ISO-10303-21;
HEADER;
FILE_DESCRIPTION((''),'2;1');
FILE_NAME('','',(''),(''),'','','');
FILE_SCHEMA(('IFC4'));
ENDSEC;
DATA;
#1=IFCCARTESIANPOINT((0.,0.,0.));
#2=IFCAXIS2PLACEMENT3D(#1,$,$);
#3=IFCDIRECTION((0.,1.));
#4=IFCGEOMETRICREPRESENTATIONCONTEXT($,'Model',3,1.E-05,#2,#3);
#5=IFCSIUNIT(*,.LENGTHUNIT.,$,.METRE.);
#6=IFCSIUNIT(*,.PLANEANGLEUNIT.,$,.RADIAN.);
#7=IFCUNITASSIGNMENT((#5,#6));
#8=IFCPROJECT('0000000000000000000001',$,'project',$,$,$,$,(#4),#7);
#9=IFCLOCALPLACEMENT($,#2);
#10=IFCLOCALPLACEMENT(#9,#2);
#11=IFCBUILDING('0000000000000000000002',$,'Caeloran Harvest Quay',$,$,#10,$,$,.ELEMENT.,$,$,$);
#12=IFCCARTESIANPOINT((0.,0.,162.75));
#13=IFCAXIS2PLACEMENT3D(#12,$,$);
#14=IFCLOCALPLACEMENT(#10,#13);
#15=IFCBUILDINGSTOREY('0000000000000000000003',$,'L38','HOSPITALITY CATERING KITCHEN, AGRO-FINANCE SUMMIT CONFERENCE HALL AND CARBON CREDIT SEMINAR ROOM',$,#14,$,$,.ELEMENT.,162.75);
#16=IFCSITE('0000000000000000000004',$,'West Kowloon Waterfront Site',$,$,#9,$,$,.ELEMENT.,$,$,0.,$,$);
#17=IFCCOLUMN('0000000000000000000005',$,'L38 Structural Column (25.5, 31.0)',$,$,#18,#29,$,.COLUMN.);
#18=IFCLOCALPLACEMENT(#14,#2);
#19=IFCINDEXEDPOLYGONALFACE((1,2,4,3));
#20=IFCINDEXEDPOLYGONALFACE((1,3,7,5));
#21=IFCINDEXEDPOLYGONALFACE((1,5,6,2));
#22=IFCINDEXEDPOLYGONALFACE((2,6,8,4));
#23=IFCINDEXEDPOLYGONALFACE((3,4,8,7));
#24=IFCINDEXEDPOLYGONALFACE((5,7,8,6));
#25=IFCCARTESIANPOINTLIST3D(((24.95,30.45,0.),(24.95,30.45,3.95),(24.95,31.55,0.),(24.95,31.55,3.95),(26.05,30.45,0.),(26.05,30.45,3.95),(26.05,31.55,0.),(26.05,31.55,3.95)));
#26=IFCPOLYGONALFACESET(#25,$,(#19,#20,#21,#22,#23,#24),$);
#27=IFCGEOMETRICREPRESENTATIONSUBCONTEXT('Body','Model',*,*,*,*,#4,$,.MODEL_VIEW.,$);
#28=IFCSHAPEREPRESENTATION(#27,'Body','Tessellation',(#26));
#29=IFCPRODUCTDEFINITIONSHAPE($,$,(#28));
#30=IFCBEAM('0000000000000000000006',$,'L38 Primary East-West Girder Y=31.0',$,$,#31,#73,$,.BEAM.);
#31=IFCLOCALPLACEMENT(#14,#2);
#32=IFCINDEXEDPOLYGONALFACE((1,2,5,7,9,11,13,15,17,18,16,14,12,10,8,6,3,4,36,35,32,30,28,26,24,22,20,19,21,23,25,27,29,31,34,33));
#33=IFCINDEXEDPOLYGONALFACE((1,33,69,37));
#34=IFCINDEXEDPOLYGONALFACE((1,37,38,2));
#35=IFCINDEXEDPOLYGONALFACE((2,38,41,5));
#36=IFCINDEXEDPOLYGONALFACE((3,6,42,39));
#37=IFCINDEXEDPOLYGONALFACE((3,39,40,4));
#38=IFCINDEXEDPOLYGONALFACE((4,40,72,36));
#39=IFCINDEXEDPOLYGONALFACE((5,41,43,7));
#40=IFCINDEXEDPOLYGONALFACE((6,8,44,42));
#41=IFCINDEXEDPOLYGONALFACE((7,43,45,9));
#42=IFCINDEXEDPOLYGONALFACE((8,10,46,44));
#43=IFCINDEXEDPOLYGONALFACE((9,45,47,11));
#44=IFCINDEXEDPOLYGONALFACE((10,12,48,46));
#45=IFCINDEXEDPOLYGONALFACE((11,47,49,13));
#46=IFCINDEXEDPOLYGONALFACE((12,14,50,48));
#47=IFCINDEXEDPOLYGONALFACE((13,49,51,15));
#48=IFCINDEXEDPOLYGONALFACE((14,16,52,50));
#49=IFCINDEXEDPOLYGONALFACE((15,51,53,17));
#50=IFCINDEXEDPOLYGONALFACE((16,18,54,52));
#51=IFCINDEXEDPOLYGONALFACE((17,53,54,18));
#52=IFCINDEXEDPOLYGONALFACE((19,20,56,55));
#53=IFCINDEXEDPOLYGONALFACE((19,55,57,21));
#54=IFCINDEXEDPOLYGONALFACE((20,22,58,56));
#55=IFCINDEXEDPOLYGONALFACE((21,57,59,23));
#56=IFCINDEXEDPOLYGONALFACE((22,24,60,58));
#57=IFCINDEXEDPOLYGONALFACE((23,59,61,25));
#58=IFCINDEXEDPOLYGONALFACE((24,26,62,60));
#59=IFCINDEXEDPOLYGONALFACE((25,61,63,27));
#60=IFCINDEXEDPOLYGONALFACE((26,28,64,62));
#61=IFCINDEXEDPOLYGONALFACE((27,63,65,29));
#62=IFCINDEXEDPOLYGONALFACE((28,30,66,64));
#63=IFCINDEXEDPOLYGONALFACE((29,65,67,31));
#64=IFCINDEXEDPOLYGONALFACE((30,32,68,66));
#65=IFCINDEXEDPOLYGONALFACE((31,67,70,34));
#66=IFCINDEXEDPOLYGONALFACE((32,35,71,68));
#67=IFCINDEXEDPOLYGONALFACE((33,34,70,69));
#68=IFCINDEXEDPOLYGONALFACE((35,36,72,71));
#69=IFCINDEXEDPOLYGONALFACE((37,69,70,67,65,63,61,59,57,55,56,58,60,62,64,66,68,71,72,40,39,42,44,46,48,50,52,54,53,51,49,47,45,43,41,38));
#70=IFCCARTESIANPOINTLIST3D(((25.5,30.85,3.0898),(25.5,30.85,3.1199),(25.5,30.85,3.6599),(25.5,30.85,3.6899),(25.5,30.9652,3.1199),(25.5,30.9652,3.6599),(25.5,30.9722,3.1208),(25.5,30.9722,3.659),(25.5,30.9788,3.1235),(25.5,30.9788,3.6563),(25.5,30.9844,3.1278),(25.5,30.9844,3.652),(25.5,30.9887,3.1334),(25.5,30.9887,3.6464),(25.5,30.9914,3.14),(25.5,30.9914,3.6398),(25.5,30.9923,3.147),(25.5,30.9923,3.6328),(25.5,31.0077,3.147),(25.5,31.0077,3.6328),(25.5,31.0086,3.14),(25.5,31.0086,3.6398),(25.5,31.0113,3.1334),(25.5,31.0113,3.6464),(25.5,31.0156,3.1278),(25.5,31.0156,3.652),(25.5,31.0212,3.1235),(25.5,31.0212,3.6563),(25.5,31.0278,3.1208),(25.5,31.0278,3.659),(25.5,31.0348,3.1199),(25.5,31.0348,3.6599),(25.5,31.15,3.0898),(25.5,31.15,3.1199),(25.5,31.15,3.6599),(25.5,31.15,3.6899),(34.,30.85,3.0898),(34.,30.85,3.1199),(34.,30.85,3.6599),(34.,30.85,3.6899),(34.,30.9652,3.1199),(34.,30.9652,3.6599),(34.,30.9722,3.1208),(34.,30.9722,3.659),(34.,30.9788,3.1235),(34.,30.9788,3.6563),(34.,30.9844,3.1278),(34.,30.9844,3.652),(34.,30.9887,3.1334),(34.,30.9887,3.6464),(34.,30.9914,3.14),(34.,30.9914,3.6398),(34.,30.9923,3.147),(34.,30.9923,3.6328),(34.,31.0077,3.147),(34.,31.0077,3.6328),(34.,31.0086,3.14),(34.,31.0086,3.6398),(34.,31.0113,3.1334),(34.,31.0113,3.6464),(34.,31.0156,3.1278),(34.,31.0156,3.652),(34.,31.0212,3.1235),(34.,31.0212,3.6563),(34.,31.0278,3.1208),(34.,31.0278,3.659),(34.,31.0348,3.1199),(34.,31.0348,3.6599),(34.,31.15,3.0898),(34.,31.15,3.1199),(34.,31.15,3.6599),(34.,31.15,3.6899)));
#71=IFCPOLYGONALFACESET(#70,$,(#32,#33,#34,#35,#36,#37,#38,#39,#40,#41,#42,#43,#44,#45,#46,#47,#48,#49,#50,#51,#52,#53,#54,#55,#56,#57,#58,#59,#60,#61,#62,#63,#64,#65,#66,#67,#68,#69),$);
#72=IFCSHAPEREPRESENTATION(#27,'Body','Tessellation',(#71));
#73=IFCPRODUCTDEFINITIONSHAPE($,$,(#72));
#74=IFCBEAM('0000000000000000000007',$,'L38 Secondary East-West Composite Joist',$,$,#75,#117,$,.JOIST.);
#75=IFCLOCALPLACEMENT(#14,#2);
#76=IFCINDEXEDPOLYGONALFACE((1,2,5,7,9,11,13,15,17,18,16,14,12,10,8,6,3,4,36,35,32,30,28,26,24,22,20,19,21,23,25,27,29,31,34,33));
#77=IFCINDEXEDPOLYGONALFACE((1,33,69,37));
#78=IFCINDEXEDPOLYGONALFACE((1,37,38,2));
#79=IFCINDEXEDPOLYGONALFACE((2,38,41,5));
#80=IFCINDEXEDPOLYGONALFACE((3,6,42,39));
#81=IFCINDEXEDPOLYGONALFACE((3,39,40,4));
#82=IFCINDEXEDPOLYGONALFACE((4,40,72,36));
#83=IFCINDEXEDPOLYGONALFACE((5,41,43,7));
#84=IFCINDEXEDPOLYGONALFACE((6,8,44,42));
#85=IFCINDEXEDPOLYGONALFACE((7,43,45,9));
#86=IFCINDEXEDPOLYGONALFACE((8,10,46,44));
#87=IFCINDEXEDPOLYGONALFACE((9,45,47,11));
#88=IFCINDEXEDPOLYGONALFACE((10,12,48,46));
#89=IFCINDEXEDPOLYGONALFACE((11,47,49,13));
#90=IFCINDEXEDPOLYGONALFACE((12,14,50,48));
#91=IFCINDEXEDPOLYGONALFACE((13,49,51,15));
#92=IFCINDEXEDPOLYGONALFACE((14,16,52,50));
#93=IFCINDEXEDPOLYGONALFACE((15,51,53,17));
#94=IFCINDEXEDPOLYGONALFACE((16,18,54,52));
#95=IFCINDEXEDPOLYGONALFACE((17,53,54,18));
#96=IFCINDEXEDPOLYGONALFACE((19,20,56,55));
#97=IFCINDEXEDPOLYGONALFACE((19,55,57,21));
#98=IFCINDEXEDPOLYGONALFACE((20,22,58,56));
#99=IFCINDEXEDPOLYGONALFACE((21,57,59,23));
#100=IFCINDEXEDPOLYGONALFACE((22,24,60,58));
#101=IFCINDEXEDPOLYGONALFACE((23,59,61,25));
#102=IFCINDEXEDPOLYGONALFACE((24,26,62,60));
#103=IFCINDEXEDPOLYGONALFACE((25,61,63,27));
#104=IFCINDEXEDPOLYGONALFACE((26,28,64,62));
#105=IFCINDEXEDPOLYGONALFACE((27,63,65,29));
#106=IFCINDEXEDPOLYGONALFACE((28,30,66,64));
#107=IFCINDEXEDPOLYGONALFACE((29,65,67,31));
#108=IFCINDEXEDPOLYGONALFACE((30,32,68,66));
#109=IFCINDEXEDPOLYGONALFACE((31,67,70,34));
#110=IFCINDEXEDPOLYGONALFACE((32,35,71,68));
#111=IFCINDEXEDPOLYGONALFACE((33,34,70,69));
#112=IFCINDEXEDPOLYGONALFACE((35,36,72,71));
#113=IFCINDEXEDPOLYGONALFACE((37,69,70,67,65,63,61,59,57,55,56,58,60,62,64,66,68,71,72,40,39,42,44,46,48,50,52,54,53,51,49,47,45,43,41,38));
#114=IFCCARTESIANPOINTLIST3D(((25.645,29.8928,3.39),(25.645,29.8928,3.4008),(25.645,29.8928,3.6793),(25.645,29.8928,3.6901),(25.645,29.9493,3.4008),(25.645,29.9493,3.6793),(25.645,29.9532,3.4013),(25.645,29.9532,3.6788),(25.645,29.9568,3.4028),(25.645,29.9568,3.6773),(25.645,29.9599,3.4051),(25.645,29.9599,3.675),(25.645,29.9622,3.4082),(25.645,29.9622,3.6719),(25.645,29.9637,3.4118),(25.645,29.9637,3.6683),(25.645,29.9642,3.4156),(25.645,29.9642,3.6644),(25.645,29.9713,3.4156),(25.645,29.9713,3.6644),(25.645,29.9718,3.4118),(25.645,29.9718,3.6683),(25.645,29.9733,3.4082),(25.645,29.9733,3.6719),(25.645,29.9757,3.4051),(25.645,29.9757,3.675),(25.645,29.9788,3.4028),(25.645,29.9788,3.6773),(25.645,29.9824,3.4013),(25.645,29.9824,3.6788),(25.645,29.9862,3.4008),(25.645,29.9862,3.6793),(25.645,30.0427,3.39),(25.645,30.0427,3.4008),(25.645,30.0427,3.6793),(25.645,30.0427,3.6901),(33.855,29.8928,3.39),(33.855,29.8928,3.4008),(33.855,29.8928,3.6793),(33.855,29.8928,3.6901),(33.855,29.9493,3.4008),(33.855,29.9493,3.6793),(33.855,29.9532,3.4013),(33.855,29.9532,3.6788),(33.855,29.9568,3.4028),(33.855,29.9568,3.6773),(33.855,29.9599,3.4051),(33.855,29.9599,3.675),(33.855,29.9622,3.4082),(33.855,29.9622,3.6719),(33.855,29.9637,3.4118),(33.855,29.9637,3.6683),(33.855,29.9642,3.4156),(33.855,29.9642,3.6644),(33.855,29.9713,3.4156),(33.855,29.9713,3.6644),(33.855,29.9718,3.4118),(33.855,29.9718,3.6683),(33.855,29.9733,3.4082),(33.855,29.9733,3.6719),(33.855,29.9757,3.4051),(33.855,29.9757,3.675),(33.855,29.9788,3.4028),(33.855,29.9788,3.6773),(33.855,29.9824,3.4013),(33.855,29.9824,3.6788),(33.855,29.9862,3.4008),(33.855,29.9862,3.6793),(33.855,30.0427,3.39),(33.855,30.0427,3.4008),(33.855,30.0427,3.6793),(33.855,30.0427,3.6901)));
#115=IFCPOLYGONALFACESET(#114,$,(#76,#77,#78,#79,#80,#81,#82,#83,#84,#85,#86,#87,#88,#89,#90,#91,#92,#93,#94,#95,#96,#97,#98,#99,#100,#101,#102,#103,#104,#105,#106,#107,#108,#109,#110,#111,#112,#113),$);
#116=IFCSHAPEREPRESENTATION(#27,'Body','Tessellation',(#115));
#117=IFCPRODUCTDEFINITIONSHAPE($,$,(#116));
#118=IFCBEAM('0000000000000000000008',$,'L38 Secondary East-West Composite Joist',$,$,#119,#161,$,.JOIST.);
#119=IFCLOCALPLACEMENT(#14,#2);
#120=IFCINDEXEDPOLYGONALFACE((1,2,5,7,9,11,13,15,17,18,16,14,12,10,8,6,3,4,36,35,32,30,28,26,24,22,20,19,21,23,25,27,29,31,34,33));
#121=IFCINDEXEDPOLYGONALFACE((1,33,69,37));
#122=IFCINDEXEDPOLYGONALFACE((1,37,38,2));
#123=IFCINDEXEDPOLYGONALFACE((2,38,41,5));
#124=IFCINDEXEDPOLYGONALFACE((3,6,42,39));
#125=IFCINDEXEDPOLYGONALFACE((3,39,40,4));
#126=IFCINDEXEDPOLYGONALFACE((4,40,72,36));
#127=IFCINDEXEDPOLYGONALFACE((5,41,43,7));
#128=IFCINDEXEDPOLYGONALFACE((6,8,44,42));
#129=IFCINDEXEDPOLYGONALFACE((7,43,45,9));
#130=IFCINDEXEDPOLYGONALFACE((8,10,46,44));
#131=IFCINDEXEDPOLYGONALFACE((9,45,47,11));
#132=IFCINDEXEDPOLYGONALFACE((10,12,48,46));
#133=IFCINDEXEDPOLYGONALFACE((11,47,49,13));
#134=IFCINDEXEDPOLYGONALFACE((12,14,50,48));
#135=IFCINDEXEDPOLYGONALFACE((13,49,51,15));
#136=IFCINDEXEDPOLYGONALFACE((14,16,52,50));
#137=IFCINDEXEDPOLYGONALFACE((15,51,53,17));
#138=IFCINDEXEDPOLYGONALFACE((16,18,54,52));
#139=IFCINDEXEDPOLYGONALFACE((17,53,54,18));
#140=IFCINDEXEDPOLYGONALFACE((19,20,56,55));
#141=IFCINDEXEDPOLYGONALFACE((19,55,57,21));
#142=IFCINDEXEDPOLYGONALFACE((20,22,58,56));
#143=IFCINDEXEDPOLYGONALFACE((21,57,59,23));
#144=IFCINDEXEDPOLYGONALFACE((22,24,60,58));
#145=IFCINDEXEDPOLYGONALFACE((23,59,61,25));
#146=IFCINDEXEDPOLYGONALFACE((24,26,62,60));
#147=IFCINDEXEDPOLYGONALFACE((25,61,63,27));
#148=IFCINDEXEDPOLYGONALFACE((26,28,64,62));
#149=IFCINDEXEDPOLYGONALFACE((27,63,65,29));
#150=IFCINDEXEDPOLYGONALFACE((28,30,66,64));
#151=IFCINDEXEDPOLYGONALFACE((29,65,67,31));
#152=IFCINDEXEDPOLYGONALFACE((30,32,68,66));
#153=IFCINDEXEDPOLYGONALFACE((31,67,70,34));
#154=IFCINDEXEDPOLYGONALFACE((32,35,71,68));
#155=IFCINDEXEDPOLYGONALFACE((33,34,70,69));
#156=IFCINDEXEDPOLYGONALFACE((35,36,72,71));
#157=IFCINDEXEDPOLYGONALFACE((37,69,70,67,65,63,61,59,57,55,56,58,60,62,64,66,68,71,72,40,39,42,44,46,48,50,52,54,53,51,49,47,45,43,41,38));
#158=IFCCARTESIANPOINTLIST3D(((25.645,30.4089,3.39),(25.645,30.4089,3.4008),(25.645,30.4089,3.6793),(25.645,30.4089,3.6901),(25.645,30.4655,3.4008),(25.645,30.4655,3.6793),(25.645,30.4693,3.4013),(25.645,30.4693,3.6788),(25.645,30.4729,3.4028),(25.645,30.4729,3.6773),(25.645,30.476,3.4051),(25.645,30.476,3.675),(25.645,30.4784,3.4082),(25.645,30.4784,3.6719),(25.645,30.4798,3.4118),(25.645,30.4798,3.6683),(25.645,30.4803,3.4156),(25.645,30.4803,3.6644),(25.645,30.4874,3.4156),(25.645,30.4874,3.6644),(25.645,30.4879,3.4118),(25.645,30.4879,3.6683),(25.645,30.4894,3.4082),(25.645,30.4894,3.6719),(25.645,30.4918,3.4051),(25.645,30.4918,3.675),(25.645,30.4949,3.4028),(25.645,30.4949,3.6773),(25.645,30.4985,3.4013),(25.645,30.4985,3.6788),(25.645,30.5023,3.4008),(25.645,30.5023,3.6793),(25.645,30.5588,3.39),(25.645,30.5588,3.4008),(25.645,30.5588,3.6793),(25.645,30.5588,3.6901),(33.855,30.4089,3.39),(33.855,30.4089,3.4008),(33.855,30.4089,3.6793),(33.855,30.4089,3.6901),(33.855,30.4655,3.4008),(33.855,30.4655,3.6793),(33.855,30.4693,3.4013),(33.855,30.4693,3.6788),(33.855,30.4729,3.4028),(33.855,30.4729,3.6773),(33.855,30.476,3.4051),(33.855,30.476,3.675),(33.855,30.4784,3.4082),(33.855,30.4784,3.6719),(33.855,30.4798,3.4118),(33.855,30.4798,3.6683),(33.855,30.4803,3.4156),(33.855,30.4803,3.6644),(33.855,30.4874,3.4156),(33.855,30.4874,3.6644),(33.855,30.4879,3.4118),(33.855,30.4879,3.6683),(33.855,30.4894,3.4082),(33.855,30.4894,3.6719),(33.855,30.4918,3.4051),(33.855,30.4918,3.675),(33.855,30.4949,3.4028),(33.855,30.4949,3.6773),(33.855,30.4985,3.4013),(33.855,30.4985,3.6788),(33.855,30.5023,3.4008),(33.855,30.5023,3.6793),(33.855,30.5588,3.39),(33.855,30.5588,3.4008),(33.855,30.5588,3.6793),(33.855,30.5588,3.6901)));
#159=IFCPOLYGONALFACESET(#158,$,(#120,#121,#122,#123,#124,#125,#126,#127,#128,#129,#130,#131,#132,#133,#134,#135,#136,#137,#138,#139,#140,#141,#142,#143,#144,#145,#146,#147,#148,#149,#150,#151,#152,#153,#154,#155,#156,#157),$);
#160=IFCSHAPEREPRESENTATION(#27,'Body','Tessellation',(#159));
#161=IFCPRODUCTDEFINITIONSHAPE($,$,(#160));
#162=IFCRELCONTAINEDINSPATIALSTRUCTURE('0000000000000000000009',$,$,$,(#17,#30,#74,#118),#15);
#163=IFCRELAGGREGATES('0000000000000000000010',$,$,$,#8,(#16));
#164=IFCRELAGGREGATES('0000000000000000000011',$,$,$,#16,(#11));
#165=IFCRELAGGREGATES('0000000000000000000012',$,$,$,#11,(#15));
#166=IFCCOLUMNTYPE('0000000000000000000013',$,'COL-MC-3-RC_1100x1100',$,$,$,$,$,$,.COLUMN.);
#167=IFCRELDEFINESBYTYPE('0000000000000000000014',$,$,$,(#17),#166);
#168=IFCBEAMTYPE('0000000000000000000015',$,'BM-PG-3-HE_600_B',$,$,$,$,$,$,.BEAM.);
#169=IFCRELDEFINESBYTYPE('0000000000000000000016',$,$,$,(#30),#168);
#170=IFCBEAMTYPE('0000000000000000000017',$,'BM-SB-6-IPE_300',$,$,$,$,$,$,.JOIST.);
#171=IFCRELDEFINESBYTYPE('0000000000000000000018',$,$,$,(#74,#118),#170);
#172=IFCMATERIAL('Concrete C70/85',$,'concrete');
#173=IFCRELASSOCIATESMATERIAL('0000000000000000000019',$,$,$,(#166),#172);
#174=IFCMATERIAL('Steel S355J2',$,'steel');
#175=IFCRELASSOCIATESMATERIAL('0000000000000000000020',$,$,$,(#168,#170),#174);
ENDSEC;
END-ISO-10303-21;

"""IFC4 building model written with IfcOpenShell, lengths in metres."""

from ifc_helpers import new_model, si_unit, direction, frame, origin, origin_2d, place, context, subcontext, project, spatial, rectangle, i_section, extrude, material, material_profile, profile_set, type_object, element, save


model = new_model("IFC4")

# Units and contexts
model_context = context("Model", 3, precision=1e-05, world=origin(), true_north=direction((0.0, 1.0)))
body_context = subcontext(model_context, "Body", "Model", "MODEL_VIEW")
ifc_project = project(units=[si_unit("LENGTHUNIT", "METRE"), si_unit("PLANEANGLEUNIT", "RADIAN")], contexts=[model_context])

# Site, building, storey
site_placement = place(None, origin())
site = spatial("IfcSite", under=ifc_project, at=site_placement, Name="West Kowloon Waterfront Site", CompositionType="ELEMENT", RefElevation=0.0)
building_placement = place(site_placement, origin())
building = spatial("IfcBuilding", under=site, at=building_placement, Name="Caeloran Harvest Quay", CompositionType="ELEMENT")
storey_placement = place(building_placement, frame((0.0, 0.0, 162.75)))
storey = spatial("IfcBuildingStorey", under=building, at=storey_placement, Name="L38", Description="HOSPITALITY CATERING KITCHEN, AGRO-FINANCE SUMMIT CONFERENCE HALL AND CARBON CREDIT SEMINAR ROOM", CompositionType="ELEMENT", Elevation=162.75)

# Column
ifc_material_1 = material(Name="Concrete C70/85", Category="concrete")
ifc_material_profile_1 = material_profile(ifc_material_1, rectangle(XDim=1.1001, YDim=1.1001, at=origin_2d()), Name="RC 1100x1100")
ifc_profile_set_1 = profile_set([ifc_material_profile_1], Name="Concrete C70/85")
column_type = type_object("IfcColumnType", Name="COL-MC-3-RC_1100x1100", PredefinedType="COLUMN", material=ifc_profile_set_1)
column_placement = place(storey_placement, frame((25.5, 31.0, 0.0), z_axis=(0.0, 0.0, 1.0), x_axis=(1.0, 0.0, 0.0)))
element("IfcColumn", 1, at=column_placement, inside=storey, type_object=column_type, Name="L38 Structural Column (25.5, 31.0)", PredefinedType="COLUMN", context=body_context, shape_type="SweptSolid", body=[
    extrude(rectangle(XDim=1.1001, YDim=1.1001, at=origin_2d()), origin(), (0.0, 0.0, 1.0), 3.95),
])

# Beams
ifc_material_2 = material(Name="Steel S355J2", Category="steel")
ifc_material_profile_2 = material_profile(ifc_material_2, i_section(OverallWidth=0.3, OverallDepth=0.6001, WebThickness=0.0154, FlangeThickness=0.03, FilletRadius=0.0271, at=origin_2d()), Name="HE 600 B")
ifc_profile_set_2 = profile_set([ifc_material_profile_2], Name="Steel S355J2")
beam_type_1 = type_object("IfcBeamType", Name="BM-PG-3-HE_600_B", PredefinedType="BEAM", material=ifc_profile_set_2)
beam_placement = place(storey_placement, frame((25.5, 31.0, 3.3899), z_axis=(1.0, 0.0, 0.0), x_axis=(0.0, 1.0, 0.0)))
element("IfcBeam", 2, at=beam_placement, inside=storey, type_object=beam_type_1, Name="L38 Primary East-West Girder Y=31.0", PredefinedType="BEAM", context=body_context, shape_type="SweptSolid", body=[
    extrude(i_section(OverallWidth=0.3, OverallDepth=0.6001, WebThickness=0.0154, FlangeThickness=0.03, FilletRadius=0.0271, at=origin_2d()), origin(), (0.0, 0.0, 1.0), 8.5),
])
ifc_material_profile_3 = material_profile(ifc_material_2, i_section(OverallWidth=0.1499, OverallDepth=0.3, WebThickness=0.0071, FlangeThickness=0.0107, FilletRadius=0.0149, at=origin_2d()), Name="IPE 300")
ifc_profile_set_3 = profile_set([ifc_material_profile_3], Name="Steel S355J2")
beam_type_2 = type_object("IfcBeamType", Name="BM-SB-6-IPE_300", PredefinedType="JOIST", material=ifc_profile_set_3)
for number, where, z_axis, x_axis, name in (
    (3, (25.645, 29.9678, 3.54), (1.0, 0.0, 0.0), (0.0, 1.0, 0.0), "L38 Secondary East-West Composite Joist"),
    (4, (25.645, 30.4839, 3.54), (1.0, 0.0, 0.0), (0.0, 1.0, 0.0), "L38 Secondary East-West Composite Joist"),
):
    element("IfcBeam", number, at=place(storey_placement, frame(where, z_axis=z_axis, x_axis=x_axis)), inside=storey, type_object=beam_type_2, Name=name, PredefinedType="JOIST", context=body_context, shape_type="SweptSolid", body=[
        extrude(i_section(OverallWidth=0.1499, OverallDepth=0.3, WebThickness=0.0071, FlangeThickness=0.0107, FilletRadius=0.0149, at=origin_2d()), origin(), (0.0, 0.0, 1.0), 8.21),
    ])

save(model, "model.ifc")
